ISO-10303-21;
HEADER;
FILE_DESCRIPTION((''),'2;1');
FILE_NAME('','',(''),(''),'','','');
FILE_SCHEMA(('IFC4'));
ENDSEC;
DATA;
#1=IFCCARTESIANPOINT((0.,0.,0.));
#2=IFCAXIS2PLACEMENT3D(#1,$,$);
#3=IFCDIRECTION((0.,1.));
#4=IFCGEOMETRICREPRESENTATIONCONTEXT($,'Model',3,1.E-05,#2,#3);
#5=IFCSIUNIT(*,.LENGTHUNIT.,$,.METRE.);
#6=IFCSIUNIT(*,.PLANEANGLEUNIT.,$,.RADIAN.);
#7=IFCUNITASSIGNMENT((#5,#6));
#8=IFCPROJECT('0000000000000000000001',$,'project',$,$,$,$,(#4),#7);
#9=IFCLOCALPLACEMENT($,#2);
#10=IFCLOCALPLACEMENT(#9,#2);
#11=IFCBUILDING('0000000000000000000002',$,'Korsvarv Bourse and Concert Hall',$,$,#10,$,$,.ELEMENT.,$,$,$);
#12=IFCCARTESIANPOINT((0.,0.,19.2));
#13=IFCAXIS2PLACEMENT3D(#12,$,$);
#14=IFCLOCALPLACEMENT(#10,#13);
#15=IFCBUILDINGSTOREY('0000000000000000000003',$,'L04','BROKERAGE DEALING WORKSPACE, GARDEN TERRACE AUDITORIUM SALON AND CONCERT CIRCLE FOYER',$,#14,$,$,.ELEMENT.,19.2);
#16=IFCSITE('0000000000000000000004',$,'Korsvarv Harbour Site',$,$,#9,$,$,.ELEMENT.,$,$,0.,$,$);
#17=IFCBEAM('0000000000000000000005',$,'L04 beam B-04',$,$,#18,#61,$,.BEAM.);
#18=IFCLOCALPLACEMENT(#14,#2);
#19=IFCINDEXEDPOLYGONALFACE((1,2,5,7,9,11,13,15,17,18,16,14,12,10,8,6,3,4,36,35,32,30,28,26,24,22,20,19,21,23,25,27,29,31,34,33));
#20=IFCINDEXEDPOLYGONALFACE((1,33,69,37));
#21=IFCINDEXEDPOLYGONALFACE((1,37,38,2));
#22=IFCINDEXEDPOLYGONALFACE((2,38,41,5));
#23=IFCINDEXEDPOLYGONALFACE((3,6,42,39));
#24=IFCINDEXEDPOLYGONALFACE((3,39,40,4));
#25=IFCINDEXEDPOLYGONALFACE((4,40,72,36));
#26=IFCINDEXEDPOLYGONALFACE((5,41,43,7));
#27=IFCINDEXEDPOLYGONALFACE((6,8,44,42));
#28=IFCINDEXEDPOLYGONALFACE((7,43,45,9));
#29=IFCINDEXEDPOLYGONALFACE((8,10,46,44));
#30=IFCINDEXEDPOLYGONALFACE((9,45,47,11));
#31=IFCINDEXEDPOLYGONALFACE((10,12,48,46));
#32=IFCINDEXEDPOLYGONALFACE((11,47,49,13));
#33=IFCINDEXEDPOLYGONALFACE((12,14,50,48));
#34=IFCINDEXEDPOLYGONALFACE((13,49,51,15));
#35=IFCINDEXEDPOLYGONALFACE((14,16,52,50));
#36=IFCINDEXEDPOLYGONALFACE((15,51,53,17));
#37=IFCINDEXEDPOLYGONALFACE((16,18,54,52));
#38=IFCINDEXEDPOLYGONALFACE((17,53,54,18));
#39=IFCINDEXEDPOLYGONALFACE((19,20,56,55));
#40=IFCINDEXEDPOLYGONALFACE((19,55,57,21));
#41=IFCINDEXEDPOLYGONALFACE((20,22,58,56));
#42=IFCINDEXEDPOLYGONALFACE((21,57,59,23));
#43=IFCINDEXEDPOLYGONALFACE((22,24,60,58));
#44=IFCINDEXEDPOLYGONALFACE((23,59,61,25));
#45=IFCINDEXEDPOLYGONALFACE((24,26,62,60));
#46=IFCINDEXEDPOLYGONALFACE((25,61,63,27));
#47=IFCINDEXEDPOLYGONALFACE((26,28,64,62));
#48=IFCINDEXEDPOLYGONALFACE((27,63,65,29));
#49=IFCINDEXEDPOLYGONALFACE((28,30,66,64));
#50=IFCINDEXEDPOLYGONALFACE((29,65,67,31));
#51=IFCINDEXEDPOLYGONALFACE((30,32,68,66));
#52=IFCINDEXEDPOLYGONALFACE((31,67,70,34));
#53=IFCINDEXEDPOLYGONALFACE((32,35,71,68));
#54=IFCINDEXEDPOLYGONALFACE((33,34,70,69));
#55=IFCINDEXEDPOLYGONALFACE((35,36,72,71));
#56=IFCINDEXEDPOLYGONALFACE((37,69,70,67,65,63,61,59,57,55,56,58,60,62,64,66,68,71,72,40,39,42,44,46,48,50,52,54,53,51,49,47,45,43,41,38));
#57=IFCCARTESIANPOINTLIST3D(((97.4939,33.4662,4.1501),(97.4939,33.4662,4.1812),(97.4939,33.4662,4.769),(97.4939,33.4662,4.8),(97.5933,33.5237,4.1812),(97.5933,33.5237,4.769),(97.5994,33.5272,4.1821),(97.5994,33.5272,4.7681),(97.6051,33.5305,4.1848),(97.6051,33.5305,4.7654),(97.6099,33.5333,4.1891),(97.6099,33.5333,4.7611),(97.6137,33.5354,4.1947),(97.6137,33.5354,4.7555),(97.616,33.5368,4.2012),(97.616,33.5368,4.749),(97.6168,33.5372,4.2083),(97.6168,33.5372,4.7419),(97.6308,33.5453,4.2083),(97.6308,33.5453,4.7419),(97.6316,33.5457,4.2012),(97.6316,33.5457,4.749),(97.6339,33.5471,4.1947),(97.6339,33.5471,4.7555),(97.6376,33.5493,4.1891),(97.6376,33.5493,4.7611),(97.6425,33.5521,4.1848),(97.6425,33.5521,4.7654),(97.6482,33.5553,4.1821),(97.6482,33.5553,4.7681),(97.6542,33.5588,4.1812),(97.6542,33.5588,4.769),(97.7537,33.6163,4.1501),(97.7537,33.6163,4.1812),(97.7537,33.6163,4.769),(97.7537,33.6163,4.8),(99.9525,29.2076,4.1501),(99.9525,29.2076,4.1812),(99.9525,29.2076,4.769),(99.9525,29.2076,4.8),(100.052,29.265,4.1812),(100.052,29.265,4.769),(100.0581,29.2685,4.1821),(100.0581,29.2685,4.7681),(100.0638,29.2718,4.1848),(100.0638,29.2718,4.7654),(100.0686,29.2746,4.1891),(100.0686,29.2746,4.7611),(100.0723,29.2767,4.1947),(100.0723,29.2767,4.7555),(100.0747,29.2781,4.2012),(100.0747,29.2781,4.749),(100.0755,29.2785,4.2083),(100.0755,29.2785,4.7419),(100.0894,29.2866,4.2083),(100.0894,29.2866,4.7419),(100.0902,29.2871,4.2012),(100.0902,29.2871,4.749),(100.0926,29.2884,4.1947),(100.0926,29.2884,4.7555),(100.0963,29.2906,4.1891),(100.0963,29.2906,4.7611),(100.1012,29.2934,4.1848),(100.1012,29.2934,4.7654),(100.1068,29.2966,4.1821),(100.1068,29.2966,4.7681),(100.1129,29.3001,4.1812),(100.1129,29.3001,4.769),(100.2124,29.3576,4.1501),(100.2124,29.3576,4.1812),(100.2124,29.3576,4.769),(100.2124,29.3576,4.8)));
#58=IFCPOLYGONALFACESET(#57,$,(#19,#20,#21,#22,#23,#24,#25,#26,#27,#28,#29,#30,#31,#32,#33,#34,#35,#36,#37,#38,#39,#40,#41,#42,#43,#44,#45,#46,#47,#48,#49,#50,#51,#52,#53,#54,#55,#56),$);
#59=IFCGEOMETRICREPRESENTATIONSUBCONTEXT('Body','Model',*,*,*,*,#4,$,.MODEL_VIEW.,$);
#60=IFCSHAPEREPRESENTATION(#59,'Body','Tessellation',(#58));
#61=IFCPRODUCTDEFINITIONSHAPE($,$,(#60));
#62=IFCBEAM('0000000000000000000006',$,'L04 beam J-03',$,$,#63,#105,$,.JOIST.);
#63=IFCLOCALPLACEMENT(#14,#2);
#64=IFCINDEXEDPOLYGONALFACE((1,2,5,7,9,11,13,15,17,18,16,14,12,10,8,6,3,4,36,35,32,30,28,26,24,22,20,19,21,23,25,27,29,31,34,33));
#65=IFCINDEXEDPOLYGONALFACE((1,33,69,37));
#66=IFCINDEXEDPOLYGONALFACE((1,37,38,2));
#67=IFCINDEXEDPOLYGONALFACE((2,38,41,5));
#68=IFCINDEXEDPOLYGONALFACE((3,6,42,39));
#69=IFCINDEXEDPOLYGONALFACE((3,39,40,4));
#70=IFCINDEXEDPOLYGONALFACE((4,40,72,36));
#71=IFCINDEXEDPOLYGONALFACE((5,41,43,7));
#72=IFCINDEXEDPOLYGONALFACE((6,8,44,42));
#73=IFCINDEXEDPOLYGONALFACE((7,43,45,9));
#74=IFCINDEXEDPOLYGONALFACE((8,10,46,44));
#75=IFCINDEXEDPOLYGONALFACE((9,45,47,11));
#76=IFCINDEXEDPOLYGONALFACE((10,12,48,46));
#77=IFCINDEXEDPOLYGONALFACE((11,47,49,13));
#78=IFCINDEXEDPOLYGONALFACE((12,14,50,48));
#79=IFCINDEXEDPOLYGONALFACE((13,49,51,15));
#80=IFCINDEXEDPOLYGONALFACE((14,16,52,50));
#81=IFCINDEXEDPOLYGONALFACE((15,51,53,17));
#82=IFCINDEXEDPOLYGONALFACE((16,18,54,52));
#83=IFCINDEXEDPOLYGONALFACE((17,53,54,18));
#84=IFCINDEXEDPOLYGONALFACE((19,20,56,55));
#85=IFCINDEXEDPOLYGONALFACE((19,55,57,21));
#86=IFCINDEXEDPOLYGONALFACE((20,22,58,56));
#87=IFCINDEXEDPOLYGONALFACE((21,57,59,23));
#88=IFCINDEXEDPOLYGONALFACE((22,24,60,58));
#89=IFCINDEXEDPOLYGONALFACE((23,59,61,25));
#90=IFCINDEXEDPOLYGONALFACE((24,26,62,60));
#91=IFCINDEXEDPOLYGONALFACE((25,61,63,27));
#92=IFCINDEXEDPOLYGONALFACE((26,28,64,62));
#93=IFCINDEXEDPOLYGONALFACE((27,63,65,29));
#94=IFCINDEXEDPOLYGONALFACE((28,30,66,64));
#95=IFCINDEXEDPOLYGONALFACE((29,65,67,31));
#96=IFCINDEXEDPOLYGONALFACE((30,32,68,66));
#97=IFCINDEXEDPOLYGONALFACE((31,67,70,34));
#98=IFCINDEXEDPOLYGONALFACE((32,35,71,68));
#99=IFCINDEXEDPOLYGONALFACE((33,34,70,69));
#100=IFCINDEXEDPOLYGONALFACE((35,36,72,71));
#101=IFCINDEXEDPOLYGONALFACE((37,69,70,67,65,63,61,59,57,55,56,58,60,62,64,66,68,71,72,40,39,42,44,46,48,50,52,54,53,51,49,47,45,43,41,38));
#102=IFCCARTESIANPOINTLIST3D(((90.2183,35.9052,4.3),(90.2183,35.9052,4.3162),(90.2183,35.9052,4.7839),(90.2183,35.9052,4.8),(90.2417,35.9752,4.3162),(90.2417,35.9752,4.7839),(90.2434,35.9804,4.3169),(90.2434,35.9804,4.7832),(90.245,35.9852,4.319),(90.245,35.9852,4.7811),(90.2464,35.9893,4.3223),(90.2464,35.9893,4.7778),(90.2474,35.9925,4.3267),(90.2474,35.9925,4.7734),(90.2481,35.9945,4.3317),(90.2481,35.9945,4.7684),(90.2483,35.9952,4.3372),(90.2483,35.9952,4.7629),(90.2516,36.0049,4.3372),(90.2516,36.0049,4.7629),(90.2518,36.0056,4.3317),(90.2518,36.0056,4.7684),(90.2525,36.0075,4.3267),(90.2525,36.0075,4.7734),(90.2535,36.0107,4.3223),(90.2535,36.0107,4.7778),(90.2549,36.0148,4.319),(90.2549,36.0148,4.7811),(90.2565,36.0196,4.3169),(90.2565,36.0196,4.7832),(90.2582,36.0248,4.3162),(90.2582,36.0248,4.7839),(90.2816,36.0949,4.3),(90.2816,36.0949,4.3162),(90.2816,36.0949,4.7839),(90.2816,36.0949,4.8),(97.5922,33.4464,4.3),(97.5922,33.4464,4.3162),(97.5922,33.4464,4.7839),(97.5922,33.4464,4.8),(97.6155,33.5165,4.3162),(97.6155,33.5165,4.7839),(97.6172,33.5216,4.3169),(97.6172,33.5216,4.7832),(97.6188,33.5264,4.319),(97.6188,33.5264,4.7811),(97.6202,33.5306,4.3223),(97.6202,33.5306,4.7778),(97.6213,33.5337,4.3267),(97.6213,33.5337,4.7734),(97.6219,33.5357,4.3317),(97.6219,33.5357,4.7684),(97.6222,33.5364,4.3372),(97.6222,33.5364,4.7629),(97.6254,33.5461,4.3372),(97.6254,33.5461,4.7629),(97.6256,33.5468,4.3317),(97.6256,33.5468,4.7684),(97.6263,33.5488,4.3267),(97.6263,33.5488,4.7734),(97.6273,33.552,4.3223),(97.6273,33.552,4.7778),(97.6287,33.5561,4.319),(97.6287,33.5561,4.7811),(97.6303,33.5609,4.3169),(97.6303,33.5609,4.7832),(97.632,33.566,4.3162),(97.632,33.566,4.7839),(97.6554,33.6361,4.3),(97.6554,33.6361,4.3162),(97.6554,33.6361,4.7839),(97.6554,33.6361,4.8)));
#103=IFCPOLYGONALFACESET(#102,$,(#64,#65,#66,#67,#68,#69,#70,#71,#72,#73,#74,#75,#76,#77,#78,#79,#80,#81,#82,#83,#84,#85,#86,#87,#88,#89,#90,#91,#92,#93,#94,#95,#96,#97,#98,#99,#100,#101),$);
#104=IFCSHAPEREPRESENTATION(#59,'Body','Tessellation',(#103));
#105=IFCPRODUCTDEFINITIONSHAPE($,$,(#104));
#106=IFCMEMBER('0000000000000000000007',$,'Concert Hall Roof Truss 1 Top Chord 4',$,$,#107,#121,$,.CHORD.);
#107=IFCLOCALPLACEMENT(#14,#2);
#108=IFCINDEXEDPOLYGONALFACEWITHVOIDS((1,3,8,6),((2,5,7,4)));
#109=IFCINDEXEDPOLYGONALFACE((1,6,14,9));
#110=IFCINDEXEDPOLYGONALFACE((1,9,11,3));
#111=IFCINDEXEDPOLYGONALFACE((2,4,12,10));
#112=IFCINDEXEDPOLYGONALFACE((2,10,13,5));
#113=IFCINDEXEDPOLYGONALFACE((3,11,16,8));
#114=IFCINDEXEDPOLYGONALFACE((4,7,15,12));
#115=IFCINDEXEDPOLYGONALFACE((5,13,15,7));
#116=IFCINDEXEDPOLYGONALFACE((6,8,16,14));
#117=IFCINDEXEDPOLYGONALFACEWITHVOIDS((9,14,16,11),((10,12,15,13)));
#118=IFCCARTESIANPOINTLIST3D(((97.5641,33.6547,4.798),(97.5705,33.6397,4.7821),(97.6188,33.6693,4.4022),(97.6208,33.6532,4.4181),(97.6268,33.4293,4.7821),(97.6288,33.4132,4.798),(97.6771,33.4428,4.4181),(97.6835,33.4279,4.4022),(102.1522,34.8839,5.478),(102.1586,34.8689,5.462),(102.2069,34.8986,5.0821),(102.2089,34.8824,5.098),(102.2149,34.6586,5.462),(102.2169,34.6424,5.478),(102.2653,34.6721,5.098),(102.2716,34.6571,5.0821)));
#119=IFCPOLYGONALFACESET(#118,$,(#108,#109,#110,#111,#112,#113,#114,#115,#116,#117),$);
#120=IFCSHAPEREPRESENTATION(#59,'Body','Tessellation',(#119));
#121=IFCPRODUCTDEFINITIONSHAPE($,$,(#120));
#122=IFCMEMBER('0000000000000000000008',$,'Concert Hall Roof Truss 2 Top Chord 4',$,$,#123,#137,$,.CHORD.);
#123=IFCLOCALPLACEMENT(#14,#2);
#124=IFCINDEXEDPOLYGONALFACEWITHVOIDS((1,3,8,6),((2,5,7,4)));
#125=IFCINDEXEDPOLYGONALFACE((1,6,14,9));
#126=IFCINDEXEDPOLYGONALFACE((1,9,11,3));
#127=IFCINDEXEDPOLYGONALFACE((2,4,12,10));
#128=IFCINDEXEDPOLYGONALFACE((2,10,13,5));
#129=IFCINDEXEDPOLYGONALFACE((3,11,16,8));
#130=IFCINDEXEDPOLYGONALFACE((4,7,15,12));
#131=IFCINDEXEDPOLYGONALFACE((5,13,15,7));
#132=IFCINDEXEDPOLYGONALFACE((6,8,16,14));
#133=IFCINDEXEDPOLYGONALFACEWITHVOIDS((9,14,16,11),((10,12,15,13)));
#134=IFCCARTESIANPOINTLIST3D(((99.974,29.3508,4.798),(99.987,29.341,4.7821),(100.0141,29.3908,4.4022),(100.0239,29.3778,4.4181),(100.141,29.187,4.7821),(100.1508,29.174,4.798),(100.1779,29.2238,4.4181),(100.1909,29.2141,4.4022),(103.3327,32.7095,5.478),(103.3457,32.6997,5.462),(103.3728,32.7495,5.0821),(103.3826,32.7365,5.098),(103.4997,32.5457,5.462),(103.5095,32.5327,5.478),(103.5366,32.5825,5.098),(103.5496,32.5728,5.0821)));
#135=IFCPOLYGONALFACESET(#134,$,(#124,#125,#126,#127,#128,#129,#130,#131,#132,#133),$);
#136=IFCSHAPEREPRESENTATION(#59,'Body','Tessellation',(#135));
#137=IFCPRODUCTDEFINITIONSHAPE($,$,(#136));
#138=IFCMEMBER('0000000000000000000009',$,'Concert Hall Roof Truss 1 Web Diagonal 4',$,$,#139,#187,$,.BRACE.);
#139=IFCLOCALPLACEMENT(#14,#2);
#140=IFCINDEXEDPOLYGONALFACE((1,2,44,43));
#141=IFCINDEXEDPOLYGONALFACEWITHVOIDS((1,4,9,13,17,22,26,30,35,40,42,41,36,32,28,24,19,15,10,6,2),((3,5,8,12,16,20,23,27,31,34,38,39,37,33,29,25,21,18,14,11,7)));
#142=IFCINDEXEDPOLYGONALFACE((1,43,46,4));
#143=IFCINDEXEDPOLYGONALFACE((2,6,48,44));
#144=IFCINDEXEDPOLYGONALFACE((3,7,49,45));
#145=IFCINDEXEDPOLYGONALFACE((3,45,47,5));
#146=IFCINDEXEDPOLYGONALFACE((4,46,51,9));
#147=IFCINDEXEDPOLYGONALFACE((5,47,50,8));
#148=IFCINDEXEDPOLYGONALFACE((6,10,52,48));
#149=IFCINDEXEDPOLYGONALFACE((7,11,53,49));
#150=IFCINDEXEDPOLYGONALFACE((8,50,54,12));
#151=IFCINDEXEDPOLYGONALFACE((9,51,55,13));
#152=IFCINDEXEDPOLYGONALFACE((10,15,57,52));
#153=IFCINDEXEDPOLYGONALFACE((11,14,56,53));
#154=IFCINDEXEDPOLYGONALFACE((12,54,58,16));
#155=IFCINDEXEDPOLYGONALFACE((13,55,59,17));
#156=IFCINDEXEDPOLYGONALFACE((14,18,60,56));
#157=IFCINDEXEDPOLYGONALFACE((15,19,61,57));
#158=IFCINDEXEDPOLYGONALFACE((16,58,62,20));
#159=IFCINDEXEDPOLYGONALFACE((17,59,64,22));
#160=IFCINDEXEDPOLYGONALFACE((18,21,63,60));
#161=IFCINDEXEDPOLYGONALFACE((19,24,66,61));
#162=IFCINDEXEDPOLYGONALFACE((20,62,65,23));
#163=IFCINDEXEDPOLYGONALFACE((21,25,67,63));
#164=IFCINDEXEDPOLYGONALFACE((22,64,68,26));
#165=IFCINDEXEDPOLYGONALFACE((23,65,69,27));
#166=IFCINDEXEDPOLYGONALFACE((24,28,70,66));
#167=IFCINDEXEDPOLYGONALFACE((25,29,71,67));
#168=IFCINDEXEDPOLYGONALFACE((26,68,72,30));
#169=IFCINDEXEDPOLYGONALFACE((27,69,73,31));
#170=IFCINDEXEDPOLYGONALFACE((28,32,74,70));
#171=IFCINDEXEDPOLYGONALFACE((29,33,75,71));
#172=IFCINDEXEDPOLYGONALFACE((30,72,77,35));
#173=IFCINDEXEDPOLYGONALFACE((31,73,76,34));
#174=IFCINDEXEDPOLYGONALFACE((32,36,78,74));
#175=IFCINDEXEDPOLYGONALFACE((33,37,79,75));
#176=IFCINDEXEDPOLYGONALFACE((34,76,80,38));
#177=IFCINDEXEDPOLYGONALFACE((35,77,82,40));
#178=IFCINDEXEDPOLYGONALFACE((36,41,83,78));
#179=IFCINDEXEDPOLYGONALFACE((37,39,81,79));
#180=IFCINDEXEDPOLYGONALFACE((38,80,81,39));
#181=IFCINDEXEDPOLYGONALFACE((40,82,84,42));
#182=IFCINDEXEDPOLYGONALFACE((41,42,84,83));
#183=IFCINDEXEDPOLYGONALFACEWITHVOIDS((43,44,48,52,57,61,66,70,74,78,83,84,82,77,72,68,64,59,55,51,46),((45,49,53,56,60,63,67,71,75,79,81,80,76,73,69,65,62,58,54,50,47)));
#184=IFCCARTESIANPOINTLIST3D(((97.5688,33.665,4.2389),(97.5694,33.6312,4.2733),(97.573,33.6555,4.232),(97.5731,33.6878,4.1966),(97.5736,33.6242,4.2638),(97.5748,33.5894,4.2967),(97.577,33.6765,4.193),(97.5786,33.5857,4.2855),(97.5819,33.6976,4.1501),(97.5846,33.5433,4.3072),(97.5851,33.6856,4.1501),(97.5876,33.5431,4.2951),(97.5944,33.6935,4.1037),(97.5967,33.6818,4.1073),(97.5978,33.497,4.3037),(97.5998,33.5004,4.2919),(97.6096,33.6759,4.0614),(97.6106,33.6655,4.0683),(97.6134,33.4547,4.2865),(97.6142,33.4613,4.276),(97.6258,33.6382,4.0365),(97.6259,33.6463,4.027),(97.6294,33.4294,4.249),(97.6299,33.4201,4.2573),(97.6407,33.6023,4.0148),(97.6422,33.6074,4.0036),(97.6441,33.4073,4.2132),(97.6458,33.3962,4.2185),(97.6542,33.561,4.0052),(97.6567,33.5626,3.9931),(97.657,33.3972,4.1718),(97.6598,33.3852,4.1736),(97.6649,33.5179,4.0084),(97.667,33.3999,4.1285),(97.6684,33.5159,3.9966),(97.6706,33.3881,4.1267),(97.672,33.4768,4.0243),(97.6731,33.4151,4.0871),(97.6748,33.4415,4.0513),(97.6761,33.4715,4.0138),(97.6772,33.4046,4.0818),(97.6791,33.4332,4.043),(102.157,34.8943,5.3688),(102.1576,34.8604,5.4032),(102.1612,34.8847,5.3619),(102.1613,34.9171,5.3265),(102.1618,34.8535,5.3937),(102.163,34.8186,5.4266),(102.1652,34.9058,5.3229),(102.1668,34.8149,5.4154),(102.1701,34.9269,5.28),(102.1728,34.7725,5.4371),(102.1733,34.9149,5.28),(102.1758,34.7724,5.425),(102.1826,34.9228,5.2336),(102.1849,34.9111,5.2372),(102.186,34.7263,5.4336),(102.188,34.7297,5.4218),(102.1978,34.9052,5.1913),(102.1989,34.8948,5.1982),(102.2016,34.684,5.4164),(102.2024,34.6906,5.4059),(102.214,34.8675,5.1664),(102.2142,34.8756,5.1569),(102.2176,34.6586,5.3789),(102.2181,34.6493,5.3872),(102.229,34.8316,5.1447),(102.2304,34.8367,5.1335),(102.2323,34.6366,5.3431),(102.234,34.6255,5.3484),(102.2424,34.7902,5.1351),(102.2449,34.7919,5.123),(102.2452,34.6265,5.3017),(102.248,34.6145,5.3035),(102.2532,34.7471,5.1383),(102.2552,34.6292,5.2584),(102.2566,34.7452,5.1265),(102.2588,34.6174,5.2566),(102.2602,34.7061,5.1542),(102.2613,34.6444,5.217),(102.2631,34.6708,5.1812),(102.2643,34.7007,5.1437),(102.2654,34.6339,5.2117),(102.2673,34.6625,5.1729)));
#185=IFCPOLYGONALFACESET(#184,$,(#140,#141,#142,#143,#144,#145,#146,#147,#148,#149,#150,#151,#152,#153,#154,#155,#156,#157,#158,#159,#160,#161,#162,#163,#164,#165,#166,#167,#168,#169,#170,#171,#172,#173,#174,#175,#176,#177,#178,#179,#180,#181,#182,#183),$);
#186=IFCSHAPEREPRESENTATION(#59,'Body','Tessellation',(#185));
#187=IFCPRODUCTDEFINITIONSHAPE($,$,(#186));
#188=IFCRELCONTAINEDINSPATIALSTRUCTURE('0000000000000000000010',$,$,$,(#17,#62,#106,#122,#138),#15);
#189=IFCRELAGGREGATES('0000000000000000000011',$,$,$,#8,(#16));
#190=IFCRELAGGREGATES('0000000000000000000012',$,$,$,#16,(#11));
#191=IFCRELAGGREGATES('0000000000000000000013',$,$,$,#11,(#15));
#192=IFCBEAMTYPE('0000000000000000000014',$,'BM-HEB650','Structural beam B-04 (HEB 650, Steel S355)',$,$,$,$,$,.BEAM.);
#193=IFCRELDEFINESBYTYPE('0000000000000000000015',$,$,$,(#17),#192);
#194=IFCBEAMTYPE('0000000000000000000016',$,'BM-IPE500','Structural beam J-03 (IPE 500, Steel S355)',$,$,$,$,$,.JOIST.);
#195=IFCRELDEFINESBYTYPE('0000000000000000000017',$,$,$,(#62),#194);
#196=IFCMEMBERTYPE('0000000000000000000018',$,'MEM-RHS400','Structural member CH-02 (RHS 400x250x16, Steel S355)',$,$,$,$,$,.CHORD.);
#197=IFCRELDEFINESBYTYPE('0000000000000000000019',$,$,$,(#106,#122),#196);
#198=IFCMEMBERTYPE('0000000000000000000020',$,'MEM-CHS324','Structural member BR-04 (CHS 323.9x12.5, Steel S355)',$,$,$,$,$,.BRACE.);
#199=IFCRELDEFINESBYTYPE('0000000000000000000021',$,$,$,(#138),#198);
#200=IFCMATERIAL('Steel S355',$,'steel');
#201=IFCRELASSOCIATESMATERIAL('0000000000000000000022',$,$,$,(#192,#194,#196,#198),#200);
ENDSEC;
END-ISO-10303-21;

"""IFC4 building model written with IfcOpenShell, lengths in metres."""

from ifc_helpers import new_model, si_unit, direction, frame, origin, origin_2d, place, context, subcontext, project, spatial, hollow_rectangle, hollow_circle, i_section, extrude, source, transform, mapped, material, material_profile, profile_set, type_object, element, save


model = new_model("IFC4")

# Units and contexts
model_context = context("Model", 3, precision=1e-05, world=origin(), true_north=direction((0.0, 1.0)))
body_context = subcontext(model_context, "Body", "Model", "MODEL_VIEW")
ifc_project = project(units=[si_unit("LENGTHUNIT", "METRE"), si_unit("PLANEANGLEUNIT", "RADIAN")], contexts=[model_context])

# Site, building, storey
site_placement = place(None, origin())
site = spatial("IfcSite", under=ifc_project, at=site_placement, Name="Korsvarv Harbour Site", CompositionType="ELEMENT", RefElevation=0.0)
building_placement = place(site_placement, origin())
building = spatial("IfcBuilding", under=site, at=building_placement, Name="Korsvarv Bourse and Concert Hall", CompositionType="ELEMENT")
storey_placement = place(building_placement, frame((0.0, 0.0, 19.2)))
storey = spatial("IfcBuildingStorey", under=building, at=storey_placement, Name="L04", Description="BROKERAGE DEALING WORKSPACE, GARDEN TERRACE AUDITORIUM SALON AND CONCERT CIRCLE FOYER", CompositionType="ELEMENT", Elevation=19.2)

# Beams
ifc_material_1 = material(Name="Steel S355", Category="steel")
ifc_material_profile_1 = material_profile(ifc_material_1, i_section(OverallWidth=0.3, OverallDepth=0.6499, WebThickness=0.0161, FlangeThickness=0.031, FilletRadius=0.0271, at=origin_2d()), Name="HEB 650")
ifc_profile_set_1 = profile_set([ifc_material_profile_1], Name="Steel S355")
beam_type_1 = type_object("IfcBeamType", Name="BM-HEB650", Description="Structural beam B-04 (HEB 650, Steel S355)", PredefinedType="BEAM", material=ifc_profile_set_1)
shared_shape_1 = source(origin(), body_context, "Body", "SweptSolid", [
    extrude(i_section(OverallWidth=0.3, OverallDepth=0.6499, WebThickness=0.0161, FlangeThickness=0.031, FilletRadius=0.0271, at=origin_2d()), origin(), (0.0, 0.0, 1.0), 4.9175),
])
beam_1_placement = place(storey_placement, frame((97.6238, 33.5413, 4.4751), z_axis=(0.499989, -0.866032, 0.0), x_axis=(0.866032, 0.499989, 0.0)))
element("IfcBeam", 1, at=beam_1_placement, inside=storey, type_object=beam_type_1, Name="L04 beam B-04", PredefinedType="BEAM", context=body_context, shape_type="MappedRepresentation", body=[
    mapped(shared_shape_1, transform((0.0, 0.0, 0.0), scale=1.0)),
])
ifc_material_profile_2 = material_profile(ifc_material_1, i_section(OverallWidth=0.2, OverallDepth=0.5, WebThickness=0.0103, FlangeThickness=0.0161, FilletRadius=0.021, at=origin_2d()), Name="IPE 500")
ifc_profile_set_2 = profile_set([ifc_material_profile_2], Name="Steel S355")
beam_type_2 = type_object("IfcBeamType", Name="BM-IPE500", Description="Structural beam J-03 (IPE 500, Steel S355)", PredefinedType="JOIST", material=ifc_profile_set_2)
shared_shape_2 = source(origin(), body_context, "Body", "SweptSolid", [
    extrude(i_section(OverallWidth=0.2, OverallDepth=0.5, WebThickness=0.0103, FlangeThickness=0.0161, FilletRadius=0.021, at=origin_2d()), origin(), (0.0, 0.0, 1.0), 7.7729),
])
beam_2_placement = place(storey_placement, frame((97.6238, 33.5413, 4.55), z_axis=(-0.948652, 0.316322, 0.0), x_axis=(-0.316322, -0.948652, 0.0)))
element("IfcBeam", 2, at=beam_2_placement, inside=storey, type_object=beam_type_2, Name="L04 beam J-03", PredefinedType="JOIST", context=body_context, shape_type="MappedRepresentation", body=[
    mapped(shared_shape_2, transform((0.0, 0.0, 0.0), scale=1.0)),
])

# Members
ifc_material_profile_3 = material_profile(ifc_material_1, hollow_rectangle(XDim=0.25, YDim=0.3999, WallThickness=0.0161, at=origin_2d()), Name="RHS 400x250x16")
ifc_profile_set_3 = profile_set([ifc_material_profile_3], Name="Steel S355")
member_type_1 = type_object("IfcMemberType", Name="MEM-RHS400", Description="Structural member CH-02 (RHS 400x250x16, Steel S355)", PredefinedType="CHORD", material=ifc_profile_set_3)
shared_shape_3 = source(origin(), body_context, "Body", "SweptSolid", [
    extrude(hollow_rectangle(XDim=0.25, YDim=0.3999, WallThickness=0.0161, at=origin_2d()), origin(), (0.0, 0.0, 1.0), 4.7983),
])
for number, where, z_axis, x_axis, name in (
    (3, (102.2119, 34.7705, 5.28), (-0.956186, -0.25618, -0.141701), (0.258792, -0.965933, 0.0), "Concert Hall Roof Truss 1 Top Chord 4"),
    (4, (103.4412, 32.6411, 5.28), (-0.699971, -0.699971, -0.141704), (0.707107, -0.707107, 0.0), "Concert Hall Roof Truss 2 Top Chord 4"),
):
    element("IfcMember", number, at=place(storey_placement, frame(where, z_axis=z_axis, x_axis=x_axis)), inside=storey, type_object=member_type_1, Name=name, PredefinedType="CHORD", context=body_context, shape_type="MappedRepresentation", body=[
        mapped(shared_shape_3, transform((0.0, 0.0, 0.0), scale=1.0)),
    ])
ifc_material_profile_4 = material_profile(ifc_material_1, hollow_circle(Radius=0.1619, WallThickness=0.0125, at=origin_2d()), Name="CHS 323.9x12.5")
ifc_profile_set_4 = profile_set([ifc_material_profile_4], Name="Steel S355")
member_type_2 = type_object("IfcMemberType", Name="MEM-CHS324", Description="Structural member BR-04 (CHS 323.9x12.5, Steel S355)", PredefinedType="BRACE", material=ifc_profile_set_4)
shared_shape_4 = source(origin(), body_context, "Body", "SweptSolid", [
    extrude(hollow_circle(Radius=0.1619, WallThickness=0.0125, at=origin_2d()), origin(), (0.0, 0.0, 1.0), 4.8826),
])
member_1_placement = place(storey_placement, frame((97.6238, 33.5413, 4.1501), z_axis=(0.939713, 0.251767, 0.231415), x_axis=(-0.258792, 0.965933, 0.0)))
element("IfcMember", 5, at=member_1_placement, inside=storey, type_object=member_type_2, Name="Concert Hall Roof Truss 1 Web Diagonal 4", PredefinedType="BRACE", context=body_context, shape_type="MappedRepresentation", body=[
    mapped(shared_shape_4, transform((0.0, 0.0, 0.0), scale=1.0)),
])

save(model, "model.ifc")
